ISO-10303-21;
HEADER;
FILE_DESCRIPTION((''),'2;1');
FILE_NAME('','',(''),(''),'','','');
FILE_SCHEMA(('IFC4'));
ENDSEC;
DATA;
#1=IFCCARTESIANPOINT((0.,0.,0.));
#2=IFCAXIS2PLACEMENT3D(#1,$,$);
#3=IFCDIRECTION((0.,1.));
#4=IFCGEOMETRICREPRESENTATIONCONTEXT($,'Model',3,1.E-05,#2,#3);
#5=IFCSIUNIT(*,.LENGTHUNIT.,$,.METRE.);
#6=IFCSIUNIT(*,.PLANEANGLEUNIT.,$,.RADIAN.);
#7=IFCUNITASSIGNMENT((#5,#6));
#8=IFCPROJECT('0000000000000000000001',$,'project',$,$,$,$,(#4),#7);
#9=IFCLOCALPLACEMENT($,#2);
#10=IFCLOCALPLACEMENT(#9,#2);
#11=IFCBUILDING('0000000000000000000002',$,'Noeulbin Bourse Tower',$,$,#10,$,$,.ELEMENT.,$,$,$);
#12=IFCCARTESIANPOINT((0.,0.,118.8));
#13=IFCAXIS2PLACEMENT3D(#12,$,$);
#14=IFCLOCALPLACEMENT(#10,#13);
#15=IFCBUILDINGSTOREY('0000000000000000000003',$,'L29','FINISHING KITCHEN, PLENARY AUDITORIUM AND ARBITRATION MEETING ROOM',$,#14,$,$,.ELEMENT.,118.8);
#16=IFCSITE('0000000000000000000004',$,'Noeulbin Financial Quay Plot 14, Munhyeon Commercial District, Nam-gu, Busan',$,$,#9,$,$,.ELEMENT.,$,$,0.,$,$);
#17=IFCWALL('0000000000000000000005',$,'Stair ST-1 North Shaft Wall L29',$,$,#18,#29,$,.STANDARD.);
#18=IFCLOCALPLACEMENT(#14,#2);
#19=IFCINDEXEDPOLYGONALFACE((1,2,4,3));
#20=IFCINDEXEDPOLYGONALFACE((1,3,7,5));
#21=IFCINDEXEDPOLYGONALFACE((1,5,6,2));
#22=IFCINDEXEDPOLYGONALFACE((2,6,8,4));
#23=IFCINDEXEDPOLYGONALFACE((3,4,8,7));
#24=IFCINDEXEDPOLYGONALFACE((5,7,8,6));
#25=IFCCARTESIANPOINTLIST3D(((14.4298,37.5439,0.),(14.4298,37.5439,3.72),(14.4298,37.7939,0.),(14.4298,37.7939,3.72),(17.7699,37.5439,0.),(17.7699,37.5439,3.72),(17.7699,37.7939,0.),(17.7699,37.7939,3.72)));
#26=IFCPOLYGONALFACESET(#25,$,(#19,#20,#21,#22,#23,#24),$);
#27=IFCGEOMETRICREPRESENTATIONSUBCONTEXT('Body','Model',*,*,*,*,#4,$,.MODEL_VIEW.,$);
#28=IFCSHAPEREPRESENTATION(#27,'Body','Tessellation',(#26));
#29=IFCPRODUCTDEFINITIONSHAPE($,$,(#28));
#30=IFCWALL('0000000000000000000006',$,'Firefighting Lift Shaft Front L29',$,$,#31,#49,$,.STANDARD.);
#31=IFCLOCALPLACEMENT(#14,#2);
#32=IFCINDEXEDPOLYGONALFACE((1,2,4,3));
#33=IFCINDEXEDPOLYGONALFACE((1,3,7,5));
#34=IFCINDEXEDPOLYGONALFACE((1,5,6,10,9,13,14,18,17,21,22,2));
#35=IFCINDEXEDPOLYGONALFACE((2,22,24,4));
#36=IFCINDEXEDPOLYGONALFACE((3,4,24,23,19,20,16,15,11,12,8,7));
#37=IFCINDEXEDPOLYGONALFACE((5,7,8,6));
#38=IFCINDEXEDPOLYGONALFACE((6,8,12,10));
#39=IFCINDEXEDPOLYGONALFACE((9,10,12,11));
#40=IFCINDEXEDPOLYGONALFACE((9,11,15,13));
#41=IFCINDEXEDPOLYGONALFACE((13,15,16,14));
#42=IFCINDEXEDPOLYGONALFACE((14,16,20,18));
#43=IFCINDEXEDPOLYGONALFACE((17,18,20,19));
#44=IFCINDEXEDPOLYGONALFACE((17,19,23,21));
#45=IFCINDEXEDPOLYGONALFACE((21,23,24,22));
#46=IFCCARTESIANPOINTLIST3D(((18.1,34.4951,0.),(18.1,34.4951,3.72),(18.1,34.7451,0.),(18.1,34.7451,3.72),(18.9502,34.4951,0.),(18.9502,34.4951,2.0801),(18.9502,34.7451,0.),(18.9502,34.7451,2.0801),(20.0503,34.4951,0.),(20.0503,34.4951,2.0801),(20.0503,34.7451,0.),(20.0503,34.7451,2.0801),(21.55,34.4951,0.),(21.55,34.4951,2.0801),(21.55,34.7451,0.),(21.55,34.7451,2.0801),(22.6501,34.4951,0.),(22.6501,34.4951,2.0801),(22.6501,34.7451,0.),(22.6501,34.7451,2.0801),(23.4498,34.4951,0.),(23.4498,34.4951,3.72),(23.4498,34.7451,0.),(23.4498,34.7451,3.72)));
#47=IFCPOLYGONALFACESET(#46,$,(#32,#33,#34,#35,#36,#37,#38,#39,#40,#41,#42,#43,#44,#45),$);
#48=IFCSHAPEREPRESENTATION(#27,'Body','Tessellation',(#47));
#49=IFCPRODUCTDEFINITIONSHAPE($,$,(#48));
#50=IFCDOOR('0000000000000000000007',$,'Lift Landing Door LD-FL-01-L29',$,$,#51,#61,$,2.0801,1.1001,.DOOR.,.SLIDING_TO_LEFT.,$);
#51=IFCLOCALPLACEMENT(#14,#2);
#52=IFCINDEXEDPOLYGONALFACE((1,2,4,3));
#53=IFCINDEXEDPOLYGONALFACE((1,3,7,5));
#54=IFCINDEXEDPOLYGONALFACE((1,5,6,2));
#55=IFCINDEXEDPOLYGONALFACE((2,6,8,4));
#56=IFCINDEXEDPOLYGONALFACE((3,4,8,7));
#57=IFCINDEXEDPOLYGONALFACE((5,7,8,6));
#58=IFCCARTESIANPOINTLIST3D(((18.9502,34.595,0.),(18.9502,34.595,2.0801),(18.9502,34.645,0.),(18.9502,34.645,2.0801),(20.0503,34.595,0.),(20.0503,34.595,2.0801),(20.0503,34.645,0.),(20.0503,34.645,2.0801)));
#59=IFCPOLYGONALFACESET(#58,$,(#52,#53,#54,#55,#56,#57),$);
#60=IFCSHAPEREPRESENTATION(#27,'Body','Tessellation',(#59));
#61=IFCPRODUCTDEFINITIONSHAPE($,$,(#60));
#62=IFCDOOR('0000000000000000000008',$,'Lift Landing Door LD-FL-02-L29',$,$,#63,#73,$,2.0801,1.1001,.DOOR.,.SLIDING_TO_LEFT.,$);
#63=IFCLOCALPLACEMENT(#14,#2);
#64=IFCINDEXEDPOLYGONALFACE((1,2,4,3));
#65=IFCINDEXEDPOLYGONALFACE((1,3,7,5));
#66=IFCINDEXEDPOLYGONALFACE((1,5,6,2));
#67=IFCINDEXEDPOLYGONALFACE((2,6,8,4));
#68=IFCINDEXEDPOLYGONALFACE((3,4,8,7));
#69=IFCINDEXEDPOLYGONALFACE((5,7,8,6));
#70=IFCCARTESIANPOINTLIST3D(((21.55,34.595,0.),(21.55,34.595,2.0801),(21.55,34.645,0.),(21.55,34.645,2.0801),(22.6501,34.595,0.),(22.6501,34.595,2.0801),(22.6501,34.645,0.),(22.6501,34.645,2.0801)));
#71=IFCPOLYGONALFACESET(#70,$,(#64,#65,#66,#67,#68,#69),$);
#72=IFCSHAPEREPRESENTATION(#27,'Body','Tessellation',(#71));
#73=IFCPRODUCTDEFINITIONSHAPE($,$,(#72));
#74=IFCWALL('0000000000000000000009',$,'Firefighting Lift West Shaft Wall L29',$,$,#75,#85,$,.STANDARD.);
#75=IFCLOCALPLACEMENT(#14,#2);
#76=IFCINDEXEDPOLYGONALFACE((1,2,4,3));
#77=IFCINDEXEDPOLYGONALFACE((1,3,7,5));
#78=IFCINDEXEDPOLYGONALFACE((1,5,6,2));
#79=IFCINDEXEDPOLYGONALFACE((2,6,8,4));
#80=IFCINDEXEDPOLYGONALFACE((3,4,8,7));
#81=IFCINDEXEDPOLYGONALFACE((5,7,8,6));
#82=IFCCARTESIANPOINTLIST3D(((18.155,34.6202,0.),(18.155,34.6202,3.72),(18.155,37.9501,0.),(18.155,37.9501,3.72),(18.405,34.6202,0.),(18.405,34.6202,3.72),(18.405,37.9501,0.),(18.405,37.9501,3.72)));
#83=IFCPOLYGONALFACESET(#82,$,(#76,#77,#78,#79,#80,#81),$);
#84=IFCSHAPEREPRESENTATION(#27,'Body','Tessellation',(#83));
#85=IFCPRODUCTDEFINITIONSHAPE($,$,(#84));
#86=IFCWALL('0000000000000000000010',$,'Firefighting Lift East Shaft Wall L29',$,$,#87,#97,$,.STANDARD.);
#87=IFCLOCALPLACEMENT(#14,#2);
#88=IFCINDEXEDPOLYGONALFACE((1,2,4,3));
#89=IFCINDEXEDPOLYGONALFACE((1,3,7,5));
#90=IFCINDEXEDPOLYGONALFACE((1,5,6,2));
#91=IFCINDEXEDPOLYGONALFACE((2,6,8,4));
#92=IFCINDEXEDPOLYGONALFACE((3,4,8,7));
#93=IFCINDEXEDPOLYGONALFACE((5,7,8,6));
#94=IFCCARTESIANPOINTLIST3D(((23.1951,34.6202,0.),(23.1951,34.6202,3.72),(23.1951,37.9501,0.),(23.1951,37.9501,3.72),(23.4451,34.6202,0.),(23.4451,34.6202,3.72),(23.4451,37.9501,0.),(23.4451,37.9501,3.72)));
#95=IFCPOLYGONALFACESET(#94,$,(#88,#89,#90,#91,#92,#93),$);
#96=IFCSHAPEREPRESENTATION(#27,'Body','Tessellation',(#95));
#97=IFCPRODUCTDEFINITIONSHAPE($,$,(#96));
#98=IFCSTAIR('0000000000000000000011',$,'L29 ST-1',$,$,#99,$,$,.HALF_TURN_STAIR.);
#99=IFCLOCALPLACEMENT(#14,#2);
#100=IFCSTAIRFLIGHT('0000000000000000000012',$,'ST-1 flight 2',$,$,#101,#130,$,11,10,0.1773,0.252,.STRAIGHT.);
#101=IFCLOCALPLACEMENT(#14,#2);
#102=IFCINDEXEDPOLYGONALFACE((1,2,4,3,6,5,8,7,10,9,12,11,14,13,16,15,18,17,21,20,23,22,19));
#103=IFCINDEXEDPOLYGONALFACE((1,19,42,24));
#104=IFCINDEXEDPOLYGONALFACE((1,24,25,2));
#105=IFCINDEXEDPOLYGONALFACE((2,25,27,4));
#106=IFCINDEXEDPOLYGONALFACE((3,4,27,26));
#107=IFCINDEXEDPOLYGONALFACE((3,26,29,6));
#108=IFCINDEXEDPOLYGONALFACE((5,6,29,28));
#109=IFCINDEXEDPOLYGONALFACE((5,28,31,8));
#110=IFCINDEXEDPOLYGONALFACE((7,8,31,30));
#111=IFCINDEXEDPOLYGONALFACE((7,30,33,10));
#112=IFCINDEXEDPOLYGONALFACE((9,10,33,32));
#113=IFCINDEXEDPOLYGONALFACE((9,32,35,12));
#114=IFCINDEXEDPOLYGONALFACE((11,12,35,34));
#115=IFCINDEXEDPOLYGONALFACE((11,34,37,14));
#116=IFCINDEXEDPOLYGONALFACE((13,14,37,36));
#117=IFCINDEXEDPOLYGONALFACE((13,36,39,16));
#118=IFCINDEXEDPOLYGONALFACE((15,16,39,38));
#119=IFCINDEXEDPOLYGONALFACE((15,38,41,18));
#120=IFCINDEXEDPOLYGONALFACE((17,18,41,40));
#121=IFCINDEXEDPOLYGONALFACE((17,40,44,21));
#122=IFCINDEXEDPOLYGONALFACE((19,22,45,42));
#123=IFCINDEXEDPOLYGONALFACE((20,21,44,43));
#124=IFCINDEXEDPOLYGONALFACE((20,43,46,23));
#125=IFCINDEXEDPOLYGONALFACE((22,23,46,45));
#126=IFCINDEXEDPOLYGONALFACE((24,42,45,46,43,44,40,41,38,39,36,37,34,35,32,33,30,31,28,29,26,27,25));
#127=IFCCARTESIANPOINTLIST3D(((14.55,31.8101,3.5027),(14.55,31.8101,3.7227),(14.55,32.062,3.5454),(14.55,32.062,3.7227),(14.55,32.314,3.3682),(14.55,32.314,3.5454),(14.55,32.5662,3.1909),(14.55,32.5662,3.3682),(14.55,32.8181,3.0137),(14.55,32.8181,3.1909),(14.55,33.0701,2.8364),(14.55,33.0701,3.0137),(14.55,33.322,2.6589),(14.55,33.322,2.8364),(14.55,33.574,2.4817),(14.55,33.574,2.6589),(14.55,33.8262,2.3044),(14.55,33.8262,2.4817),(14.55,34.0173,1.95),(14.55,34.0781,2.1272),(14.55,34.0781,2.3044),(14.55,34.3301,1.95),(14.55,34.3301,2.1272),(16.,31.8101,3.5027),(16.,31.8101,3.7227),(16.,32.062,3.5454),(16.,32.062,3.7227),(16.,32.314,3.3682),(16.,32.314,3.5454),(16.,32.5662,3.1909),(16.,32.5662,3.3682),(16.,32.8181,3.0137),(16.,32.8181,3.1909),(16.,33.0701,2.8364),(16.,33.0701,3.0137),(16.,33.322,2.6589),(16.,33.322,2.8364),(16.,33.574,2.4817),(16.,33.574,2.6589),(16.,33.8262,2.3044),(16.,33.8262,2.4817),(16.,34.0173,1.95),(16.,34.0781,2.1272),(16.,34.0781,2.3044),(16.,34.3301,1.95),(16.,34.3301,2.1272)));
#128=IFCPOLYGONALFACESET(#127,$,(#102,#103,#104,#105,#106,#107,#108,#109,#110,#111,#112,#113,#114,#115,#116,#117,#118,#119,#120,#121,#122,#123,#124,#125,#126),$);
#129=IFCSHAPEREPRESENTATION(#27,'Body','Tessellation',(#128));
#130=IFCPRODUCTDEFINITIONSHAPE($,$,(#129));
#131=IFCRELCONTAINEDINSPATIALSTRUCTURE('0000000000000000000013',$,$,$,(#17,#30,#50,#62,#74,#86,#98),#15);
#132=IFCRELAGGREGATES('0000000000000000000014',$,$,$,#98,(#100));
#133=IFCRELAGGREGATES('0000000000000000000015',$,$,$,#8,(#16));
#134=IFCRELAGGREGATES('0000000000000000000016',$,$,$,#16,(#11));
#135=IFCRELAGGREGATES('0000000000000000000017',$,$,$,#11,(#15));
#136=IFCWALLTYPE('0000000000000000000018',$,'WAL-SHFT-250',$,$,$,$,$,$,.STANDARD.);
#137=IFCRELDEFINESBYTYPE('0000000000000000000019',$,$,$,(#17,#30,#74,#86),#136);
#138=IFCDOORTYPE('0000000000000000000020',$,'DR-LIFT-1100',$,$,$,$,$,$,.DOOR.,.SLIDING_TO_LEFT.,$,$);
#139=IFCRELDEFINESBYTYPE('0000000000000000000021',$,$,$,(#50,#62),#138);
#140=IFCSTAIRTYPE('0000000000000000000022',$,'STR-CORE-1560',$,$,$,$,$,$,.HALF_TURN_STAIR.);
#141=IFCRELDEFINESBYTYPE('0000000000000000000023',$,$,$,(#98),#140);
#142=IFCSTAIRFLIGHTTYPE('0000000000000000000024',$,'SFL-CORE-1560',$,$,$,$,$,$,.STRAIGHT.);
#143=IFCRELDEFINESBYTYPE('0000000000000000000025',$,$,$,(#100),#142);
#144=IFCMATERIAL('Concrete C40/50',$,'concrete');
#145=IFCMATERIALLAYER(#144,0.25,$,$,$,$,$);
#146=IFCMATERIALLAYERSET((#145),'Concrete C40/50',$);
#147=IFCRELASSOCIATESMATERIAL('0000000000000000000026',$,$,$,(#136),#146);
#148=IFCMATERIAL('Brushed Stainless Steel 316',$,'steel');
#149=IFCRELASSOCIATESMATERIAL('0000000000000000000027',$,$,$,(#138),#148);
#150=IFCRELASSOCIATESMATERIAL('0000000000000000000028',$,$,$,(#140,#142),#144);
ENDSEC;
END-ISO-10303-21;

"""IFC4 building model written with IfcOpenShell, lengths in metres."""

from ifc_helpers import new_model, si_unit, direction, frame, frame_2d, origin, place, context, subcontext, project, spatial, polyline, rectangle, outline, extrude, material, layer, layer_set, type_object, element, fill, aggregate, save


model = new_model("IFC4")

# Units and contexts
model_context = context("Model", 3, precision=1e-05, world=origin(), true_north=direction((0.0, 1.0)))
body_context = subcontext(model_context, "Body", "Model", "MODEL_VIEW")
ifc_project = project(units=[si_unit("LENGTHUNIT", "METRE"), si_unit("PLANEANGLEUNIT", "RADIAN")], contexts=[model_context])

# Site, building, storey
site_placement = place(None, origin())
site = spatial("IfcSite", under=ifc_project, at=site_placement, Name="Noeulbin Financial Quay Plot 14, Munhyeon Commercial District, Nam-gu, Busan", CompositionType="ELEMENT", RefElevation=0.0)
building_placement = place(site_placement, origin())
building = spatial("IfcBuilding", under=site, at=building_placement, Name="Noeulbin Bourse Tower", CompositionType="ELEMENT")
storey_placement = place(building_placement, frame((0.0, 0.0, 118.8)))
storey = spatial("IfcBuildingStorey", under=building, at=storey_placement, Name="L29", Description="FINISHING KITCHEN, PLENARY AUDITORIUM AND ARBITRATION MEETING ROOM", CompositionType="ELEMENT", Elevation=118.8)

# Wall
ifc_material_1 = material(Name="Concrete C40/50", Category="concrete")
ifc_layer_1 = layer(ifc_material_1, 0.25)
ifc_layer_set_1 = layer_set([ifc_layer_1], Name="Concrete C40/50")
wall_type_1 = type_object("IfcWallType", Name="WAL-SHFT-250", PredefinedType="STANDARD", material=ifc_layer_set_1)
wall_1_placement = place(storey_placement, frame((14.4299, 37.6689, 0.0), z_axis=(0.0, 0.0, 1.0), x_axis=(1.0, 0.0, 0.0)))
element("IfcWall", 1, at=wall_1_placement, inside=storey, type_object=wall_type_1, Name="Stair ST-1 North Shaft Wall L29", PredefinedType="STANDARD", context=body_context, shape_type="SweptSolid", body=[
    extrude(rectangle(XDim=3.3401, YDim=0.25, at=frame_2d((1.6699, 0.0))), origin(), (0.0, 0.0, 1.0), 3.72),
])

# Wall, openings, doors
wall_2_placement = place(storey_placement, frame((18.1001, 34.6201, 0.0), z_axis=(0.0, 0.0, 1.0), x_axis=(1.0, 0.0, 0.0)))
wall_2 = element("IfcWall", 2, at=wall_2_placement, inside=storey, type_object=wall_type_1, Name="Firefighting Lift Shaft Front L29", PredefinedType="STANDARD", context=body_context, shape_type="SweptSolid", body=[
    extrude(rectangle(XDim=5.3499, YDim=0.25, at=frame_2d((2.6748, 0.0))), origin(), (0.0, 0.0, 1.0), 3.72),
])
opening_1_placement = place(wall_2_placement, frame((0.8501, 0.0, 0.0)))
opening_1 = element("IfcOpeningElement", 3, at=opening_1_placement, cuts=wall_2, PredefinedType="OPENING", context=body_context, shape_type="SweptSolid", body=[
    extrude(rectangle(XDim=1.1001, YDim=2.0801, at=frame_2d((0.55, 1.04))), frame((0.0, 0.135, 0.0), z_axis=(0.0, -1.0, 0.0), x_axis=(1.0, 0.0, 0.0)), (0.0, 0.0, 1.0), 0.27),
])
opening_2_placement = place(wall_2_placement, frame((3.45, 0.0, 0.0)))
opening_2 = element("IfcOpeningElement", 4, at=opening_2_placement, cuts=wall_2, PredefinedType="OPENING", context=body_context, shape_type="SweptSolid", body=[
    extrude(rectangle(XDim=1.1001, YDim=2.0801, at=frame_2d((0.55, 1.04))), frame((0.0, 0.135, 0.0), z_axis=(0.0, -1.0, 0.0), x_axis=(1.0, 0.0, 0.0)), (0.0, 0.0, 1.0), 0.27),
])
ifc_material_2 = material(Name="Brushed Stainless Steel 316", Category="steel")
door_type_1 = type_object("IfcDoorType", Name="DR-LIFT-1100", OperationType="SLIDING_TO_LEFT", PredefinedType="DOOR", material=ifc_material_2)
door_1_placement = place(opening_1_placement, origin())
door_1 = element("IfcDoor", 5, at=door_1_placement, inside=storey, type_object=door_type_1, Name="Lift Landing Door LD-FL-01-L29", OperationType="SLIDING_TO_LEFT", OverallHeight=2.0801, OverallWidth=1.1001, PredefinedType="DOOR", context=body_context, shape_type="SweptSolid", body=[
    extrude(rectangle(XDim=1.1001, YDim=2.0801, at=frame_2d((0.55, 1.04))), frame((0.0, 0.0249, 0.0), z_axis=(0.0, -1.0, 0.0), x_axis=(1.0, 0.0, 0.0)), (0.0, 0.0, 1.0), 0.05),
])
fill(opening_1, door_1)
door_2_placement = place(opening_2_placement, origin())
door_2 = element("IfcDoor", 6, at=door_2_placement, inside=storey, type_object=door_type_1, Name="Lift Landing Door LD-FL-02-L29", OperationType="SLIDING_TO_LEFT", OverallHeight=2.0801, OverallWidth=1.1001, PredefinedType="DOOR", context=body_context, shape_type="SweptSolid", body=[
    extrude(rectangle(XDim=1.1001, YDim=2.0801, at=frame_2d((0.55, 1.04))), frame((0.0, 0.0249, 0.0), z_axis=(0.0, -1.0, 0.0), x_axis=(1.0, 0.0, 0.0)), (0.0, 0.0, 1.0), 0.05),
])
fill(opening_2, door_2)

# Walls
for number, where, z_axis, x_axis, name in (
    (7, (18.28, 34.6201, 0.0), (0.0, 0.0, 1.0), (0.0, 1.0, 0.0), "Firefighting Lift West Shaft Wall L29"),
    (8, (23.3201, 34.6201, 0.0), (0.0, 0.0, 1.0), (0.0, 1.0, 0.0), "Firefighting Lift East Shaft Wall L29"),
):
    element("IfcWall", number, at=place(storey_placement, frame(where, z_axis=z_axis, x_axis=x_axis)), inside=storey, type_object=wall_type_1, Name=name, PredefinedType="STANDARD", context=body_context, shape_type="SweptSolid", body=[
        extrude(rectangle(XDim=3.3298, YDim=0.25, at=frame_2d((1.665, 0.0))), origin(), (0.0, 0.0, 1.0), 3.72),
    ])

# Stair, stair flight
stair_type = type_object("IfcStairType", Name="STR-CORE-1560", PredefinedType="HALF_TURN_STAIR", material=ifc_material_1)
stair_placement = place(storey_placement, origin())
stair = element("IfcStair", 9, at=stair_placement, inside=storey, type_object=stair_type, Name="L29 ST-1", PredefinedType="HALF_TURN_STAIR")
stair_flight_type = type_object("IfcStairFlightType", Name="SFL-CORE-1560", PredefinedType="STRAIGHT", material=ifc_material_1)
stair_flight_placement = place(storey_placement, frame((15.2749, 34.3301, 1.95), z_axis=(0.0, 0.0, 1.0), x_axis=(0.0, -1.0, 0.0)))
stair_flight = element("IfcStairFlight", 10, at=stair_flight_placement, type_object=stair_flight_type, Name="ST-1 flight 2", NumberOfRisers=11, NumberOfTreads=10, PredefinedType="STRAIGHT", RiserHeight=0.1773, TreadLength=0.252, context=body_context, shape_type="SweptSolid", body=[
    extrude(outline(polyline([(0.0, 0.0), (0.0, 0.1772), (0.252, 0.1772), (0.252, 0.3545), (0.5039, 0.3545), (0.5039, 0.5317), (0.7561, 0.5317), (0.7561, 0.709), (1.0081, 0.709), (1.0081, 0.8865), (1.26, 0.8865), (1.26, 1.0637), (1.512, 1.0637), (1.512, 1.241), (1.7639, 1.241), (1.7639, 1.4182), (2.0161, 1.4182), (2.0161, 1.5955), (2.2681, 1.5955), (2.2681, 1.7727), (2.52, 1.7727), (2.52, 1.95), (2.52, 1.5527), (0.3127, 0.0), (0.0, 0.0)])), frame((0.0, 0.7251, 0.0), z_axis=(0.0, -1.0, 0.0), x_axis=(1.0, 0.0, 0.0)), (0.0, 0.0, 1.0), 1.45),
])
aggregate(stair, [stair_flight])

save(model, "model.ifc")
